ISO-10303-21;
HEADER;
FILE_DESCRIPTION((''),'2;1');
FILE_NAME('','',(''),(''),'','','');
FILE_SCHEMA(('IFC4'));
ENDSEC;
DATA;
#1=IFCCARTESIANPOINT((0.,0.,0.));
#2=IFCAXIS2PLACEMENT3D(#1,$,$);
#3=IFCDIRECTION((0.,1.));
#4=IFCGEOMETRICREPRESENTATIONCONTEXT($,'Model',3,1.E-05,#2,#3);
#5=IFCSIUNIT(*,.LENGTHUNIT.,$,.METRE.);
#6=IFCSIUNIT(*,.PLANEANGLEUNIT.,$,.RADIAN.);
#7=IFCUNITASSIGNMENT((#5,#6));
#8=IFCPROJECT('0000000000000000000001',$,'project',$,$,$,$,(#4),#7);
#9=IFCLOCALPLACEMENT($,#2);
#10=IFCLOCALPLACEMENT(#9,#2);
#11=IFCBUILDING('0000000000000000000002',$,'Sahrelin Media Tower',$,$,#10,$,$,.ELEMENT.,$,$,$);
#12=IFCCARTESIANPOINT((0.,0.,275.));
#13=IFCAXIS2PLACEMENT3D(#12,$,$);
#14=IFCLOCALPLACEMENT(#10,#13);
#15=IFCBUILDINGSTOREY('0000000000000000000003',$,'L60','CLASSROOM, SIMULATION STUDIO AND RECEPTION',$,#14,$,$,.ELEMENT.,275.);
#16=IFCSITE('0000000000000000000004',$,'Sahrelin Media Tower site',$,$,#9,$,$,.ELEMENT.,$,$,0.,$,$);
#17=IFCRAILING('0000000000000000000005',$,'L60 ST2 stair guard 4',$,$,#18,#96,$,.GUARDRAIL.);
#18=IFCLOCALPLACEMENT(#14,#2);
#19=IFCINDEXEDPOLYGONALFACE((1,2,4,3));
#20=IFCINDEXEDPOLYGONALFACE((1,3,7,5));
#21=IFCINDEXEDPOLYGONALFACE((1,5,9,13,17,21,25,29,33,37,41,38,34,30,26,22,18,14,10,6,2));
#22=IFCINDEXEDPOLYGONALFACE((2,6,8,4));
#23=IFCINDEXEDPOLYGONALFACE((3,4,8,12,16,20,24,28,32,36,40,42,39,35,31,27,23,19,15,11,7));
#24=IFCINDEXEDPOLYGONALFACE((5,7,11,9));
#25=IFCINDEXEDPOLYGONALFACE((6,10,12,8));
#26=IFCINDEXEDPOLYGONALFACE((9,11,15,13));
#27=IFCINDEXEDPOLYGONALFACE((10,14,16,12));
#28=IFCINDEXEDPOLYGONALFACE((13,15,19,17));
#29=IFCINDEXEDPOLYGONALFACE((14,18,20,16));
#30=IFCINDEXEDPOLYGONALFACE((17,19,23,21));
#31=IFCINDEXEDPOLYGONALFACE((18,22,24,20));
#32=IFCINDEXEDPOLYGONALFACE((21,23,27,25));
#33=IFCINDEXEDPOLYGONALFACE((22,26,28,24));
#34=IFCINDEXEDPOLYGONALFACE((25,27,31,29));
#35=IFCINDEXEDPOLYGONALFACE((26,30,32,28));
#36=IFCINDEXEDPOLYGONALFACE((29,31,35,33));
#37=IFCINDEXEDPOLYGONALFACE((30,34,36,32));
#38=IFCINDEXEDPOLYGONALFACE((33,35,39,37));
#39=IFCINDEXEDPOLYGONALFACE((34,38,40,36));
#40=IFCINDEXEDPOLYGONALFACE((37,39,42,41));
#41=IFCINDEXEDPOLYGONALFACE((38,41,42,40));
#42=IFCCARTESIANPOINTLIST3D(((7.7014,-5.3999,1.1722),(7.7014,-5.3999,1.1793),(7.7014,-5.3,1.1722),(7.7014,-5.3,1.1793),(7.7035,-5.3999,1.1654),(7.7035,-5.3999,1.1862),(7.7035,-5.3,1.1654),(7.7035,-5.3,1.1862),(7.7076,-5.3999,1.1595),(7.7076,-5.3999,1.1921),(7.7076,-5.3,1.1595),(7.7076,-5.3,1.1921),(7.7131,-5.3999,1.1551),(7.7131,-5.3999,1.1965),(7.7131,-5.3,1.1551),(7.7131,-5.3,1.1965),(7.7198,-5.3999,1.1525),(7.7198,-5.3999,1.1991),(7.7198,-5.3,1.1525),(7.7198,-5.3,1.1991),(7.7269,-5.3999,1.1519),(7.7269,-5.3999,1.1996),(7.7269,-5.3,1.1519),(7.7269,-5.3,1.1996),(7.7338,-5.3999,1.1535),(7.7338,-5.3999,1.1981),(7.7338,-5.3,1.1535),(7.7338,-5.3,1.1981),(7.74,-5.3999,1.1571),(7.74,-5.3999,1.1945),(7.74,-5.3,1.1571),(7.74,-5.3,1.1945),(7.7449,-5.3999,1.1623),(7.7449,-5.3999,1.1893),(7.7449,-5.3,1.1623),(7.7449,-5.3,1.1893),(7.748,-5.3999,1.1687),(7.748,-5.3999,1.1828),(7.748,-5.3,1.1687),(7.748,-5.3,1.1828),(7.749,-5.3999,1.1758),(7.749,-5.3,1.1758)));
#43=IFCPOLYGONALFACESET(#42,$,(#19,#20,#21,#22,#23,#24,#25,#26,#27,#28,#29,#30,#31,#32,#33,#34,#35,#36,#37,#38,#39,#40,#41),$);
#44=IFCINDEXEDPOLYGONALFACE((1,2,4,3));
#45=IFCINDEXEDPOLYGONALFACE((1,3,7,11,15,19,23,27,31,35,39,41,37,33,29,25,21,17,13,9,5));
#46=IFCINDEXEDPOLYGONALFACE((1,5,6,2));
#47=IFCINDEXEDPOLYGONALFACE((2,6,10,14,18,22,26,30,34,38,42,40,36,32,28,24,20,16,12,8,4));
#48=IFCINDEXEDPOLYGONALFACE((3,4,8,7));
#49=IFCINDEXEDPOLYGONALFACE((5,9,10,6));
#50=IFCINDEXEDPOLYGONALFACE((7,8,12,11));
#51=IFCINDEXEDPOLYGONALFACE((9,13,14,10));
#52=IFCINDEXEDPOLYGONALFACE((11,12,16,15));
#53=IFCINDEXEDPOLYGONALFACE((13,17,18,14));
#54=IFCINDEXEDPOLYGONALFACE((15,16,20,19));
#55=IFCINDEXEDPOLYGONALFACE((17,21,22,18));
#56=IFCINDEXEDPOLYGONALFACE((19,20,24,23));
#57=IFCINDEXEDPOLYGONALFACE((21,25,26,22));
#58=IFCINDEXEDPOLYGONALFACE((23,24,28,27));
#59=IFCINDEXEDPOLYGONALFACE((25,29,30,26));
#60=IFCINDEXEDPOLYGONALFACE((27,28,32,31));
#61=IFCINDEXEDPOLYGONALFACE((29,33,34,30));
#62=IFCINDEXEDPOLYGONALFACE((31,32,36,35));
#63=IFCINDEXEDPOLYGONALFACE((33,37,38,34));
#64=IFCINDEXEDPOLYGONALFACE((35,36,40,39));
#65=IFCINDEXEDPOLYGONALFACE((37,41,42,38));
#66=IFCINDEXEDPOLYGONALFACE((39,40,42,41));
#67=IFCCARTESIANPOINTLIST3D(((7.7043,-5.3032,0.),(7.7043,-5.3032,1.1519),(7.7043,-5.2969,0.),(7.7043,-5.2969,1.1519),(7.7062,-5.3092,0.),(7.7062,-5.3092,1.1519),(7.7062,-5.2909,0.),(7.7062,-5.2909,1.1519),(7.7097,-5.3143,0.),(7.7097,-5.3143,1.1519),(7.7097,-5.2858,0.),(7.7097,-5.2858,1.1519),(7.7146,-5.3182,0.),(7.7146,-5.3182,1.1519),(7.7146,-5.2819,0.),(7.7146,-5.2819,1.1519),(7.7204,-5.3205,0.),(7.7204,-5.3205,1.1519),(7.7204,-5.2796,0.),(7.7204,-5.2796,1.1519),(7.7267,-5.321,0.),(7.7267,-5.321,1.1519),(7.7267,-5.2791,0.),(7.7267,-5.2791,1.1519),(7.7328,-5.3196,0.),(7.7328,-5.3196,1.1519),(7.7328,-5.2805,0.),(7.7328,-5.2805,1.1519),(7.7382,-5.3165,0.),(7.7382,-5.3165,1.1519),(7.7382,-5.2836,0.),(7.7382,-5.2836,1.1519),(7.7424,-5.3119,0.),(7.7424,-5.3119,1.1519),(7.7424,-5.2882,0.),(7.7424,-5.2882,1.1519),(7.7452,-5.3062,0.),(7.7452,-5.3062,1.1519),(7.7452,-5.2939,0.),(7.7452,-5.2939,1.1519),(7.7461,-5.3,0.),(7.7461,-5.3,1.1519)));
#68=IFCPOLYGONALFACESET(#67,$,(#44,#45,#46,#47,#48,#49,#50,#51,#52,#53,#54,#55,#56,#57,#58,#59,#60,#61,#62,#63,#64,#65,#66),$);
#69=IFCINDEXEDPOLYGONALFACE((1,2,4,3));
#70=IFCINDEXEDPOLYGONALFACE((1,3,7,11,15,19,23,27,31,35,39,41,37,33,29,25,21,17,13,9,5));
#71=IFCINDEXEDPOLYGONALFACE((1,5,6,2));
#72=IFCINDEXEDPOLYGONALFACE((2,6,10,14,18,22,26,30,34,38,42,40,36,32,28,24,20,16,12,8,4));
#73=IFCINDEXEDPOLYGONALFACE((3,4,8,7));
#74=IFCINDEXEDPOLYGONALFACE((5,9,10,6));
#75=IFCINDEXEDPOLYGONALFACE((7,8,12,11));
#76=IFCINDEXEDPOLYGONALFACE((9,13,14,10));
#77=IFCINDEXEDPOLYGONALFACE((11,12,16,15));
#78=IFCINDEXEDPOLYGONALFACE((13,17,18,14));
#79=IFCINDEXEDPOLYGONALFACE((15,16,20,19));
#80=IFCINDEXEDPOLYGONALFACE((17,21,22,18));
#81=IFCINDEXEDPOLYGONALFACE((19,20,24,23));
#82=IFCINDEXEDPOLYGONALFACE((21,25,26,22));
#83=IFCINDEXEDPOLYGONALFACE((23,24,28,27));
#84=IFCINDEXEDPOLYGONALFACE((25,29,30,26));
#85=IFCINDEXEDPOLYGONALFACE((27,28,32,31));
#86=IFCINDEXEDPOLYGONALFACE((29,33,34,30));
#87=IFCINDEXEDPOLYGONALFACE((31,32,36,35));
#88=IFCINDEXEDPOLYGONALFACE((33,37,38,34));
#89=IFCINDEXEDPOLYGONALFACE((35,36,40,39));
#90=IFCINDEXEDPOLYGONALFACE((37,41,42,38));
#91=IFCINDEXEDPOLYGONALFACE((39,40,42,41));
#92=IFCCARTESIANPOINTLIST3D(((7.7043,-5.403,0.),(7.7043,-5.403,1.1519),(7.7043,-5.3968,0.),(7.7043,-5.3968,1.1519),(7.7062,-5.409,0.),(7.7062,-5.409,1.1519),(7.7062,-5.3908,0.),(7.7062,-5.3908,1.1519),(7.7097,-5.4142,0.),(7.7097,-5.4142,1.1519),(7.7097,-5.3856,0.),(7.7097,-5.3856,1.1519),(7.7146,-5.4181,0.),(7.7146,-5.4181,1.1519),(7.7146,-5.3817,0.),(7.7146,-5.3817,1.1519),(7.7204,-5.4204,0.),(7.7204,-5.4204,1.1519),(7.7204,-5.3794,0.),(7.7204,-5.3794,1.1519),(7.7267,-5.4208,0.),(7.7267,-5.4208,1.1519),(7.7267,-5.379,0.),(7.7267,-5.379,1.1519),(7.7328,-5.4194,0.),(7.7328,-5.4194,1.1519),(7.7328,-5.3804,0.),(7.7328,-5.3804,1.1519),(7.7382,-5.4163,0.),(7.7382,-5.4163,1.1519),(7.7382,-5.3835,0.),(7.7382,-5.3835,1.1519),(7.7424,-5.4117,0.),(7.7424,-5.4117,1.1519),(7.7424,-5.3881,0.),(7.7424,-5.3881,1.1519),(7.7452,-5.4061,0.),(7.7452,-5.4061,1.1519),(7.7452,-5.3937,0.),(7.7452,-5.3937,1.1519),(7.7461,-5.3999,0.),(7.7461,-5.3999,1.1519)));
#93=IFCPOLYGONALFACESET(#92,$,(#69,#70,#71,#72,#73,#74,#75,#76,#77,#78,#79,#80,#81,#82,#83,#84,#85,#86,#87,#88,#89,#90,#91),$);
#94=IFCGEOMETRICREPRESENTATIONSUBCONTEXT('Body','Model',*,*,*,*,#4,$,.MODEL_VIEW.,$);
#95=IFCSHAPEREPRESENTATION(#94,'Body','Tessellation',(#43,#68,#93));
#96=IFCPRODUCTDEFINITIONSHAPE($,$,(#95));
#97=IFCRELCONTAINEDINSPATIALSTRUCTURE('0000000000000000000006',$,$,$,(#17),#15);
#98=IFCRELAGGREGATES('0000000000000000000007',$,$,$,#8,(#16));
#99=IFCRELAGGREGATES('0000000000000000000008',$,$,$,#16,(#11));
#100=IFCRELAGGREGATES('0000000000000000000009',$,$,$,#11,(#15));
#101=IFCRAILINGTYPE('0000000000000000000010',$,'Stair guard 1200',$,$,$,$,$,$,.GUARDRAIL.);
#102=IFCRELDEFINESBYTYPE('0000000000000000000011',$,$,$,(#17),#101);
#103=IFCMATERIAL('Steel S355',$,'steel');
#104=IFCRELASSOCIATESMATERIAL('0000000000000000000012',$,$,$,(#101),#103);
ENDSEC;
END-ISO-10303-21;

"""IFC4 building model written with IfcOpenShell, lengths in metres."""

from ifc_helpers import new_model, si_unit, direction, frame, origin, origin_2d, place, context, subcontext, project, spatial, circle, extrude, material, type_object, element, save


model = new_model("IFC4")

# Units and contexts
model_context = context("Model", 3, precision=1e-05, world=origin(), true_north=direction((0.0, 1.0)))
body_context = subcontext(model_context, "Body", "Model", "MODEL_VIEW")
ifc_project = project(units=[si_unit("LENGTHUNIT", "METRE"), si_unit("PLANEANGLEUNIT", "RADIAN")], contexts=[model_context])

# Site, building, storey
site_placement = place(None, origin())
site = spatial("IfcSite", under=ifc_project, at=site_placement, Name="Sahrelin Media Tower site", CompositionType="ELEMENT", RefElevation=0.0)
building_placement = place(site_placement, origin())
building = spatial("IfcBuilding", under=site, at=building_placement, Name="Sahrelin Media Tower", CompositionType="ELEMENT")
storey_placement = place(building_placement, frame((0.0, 0.0, 275.0)))
storey = spatial("IfcBuildingStorey", under=building, at=storey_placement, Name="L60", Description="CLASSROOM, SIMULATION STUDIO AND RECEPTION", CompositionType="ELEMENT", Elevation=275.0)

# Shared definitions
ifc_material_1 = material(Name="Steel S355", Category="steel")

# Railing
railing_type_1 = type_object("IfcRailingType", Name="Stair guard 1200", PredefinedType="GUARDRAIL", material=ifc_material_1)
railing_1_placement = place(storey_placement, frame((7.7251, -5.3, 0.0)))
element("IfcRailing", 1, at=railing_1_placement, inside=storey, type_object=railing_type_1, Name="L60 ST2 stair guard 4", PredefinedType="GUARDRAIL", context=body_context, shape_type="SweptSolid", body=[
    extrude(circle(Radius=0.0239, at=origin_2d()), frame((0.0, 0.0, 1.1758), z_axis=(0.0, -1.0, 0.0), x_axis=(1.0, 0.0, 0.0)), (0.0, 0.0, 1.0), 0.0999),
    extrude(circle(Radius=0.021, at=origin_2d()), origin(), (0.0, 0.0, 1.0), 1.1519),
    extrude(circle(Radius=0.021, at=origin_2d()), frame((0.0, -0.0999, 0.0)), (0.0, 0.0, 1.0), 1.1519),
])

save(model, "model.ifc")
